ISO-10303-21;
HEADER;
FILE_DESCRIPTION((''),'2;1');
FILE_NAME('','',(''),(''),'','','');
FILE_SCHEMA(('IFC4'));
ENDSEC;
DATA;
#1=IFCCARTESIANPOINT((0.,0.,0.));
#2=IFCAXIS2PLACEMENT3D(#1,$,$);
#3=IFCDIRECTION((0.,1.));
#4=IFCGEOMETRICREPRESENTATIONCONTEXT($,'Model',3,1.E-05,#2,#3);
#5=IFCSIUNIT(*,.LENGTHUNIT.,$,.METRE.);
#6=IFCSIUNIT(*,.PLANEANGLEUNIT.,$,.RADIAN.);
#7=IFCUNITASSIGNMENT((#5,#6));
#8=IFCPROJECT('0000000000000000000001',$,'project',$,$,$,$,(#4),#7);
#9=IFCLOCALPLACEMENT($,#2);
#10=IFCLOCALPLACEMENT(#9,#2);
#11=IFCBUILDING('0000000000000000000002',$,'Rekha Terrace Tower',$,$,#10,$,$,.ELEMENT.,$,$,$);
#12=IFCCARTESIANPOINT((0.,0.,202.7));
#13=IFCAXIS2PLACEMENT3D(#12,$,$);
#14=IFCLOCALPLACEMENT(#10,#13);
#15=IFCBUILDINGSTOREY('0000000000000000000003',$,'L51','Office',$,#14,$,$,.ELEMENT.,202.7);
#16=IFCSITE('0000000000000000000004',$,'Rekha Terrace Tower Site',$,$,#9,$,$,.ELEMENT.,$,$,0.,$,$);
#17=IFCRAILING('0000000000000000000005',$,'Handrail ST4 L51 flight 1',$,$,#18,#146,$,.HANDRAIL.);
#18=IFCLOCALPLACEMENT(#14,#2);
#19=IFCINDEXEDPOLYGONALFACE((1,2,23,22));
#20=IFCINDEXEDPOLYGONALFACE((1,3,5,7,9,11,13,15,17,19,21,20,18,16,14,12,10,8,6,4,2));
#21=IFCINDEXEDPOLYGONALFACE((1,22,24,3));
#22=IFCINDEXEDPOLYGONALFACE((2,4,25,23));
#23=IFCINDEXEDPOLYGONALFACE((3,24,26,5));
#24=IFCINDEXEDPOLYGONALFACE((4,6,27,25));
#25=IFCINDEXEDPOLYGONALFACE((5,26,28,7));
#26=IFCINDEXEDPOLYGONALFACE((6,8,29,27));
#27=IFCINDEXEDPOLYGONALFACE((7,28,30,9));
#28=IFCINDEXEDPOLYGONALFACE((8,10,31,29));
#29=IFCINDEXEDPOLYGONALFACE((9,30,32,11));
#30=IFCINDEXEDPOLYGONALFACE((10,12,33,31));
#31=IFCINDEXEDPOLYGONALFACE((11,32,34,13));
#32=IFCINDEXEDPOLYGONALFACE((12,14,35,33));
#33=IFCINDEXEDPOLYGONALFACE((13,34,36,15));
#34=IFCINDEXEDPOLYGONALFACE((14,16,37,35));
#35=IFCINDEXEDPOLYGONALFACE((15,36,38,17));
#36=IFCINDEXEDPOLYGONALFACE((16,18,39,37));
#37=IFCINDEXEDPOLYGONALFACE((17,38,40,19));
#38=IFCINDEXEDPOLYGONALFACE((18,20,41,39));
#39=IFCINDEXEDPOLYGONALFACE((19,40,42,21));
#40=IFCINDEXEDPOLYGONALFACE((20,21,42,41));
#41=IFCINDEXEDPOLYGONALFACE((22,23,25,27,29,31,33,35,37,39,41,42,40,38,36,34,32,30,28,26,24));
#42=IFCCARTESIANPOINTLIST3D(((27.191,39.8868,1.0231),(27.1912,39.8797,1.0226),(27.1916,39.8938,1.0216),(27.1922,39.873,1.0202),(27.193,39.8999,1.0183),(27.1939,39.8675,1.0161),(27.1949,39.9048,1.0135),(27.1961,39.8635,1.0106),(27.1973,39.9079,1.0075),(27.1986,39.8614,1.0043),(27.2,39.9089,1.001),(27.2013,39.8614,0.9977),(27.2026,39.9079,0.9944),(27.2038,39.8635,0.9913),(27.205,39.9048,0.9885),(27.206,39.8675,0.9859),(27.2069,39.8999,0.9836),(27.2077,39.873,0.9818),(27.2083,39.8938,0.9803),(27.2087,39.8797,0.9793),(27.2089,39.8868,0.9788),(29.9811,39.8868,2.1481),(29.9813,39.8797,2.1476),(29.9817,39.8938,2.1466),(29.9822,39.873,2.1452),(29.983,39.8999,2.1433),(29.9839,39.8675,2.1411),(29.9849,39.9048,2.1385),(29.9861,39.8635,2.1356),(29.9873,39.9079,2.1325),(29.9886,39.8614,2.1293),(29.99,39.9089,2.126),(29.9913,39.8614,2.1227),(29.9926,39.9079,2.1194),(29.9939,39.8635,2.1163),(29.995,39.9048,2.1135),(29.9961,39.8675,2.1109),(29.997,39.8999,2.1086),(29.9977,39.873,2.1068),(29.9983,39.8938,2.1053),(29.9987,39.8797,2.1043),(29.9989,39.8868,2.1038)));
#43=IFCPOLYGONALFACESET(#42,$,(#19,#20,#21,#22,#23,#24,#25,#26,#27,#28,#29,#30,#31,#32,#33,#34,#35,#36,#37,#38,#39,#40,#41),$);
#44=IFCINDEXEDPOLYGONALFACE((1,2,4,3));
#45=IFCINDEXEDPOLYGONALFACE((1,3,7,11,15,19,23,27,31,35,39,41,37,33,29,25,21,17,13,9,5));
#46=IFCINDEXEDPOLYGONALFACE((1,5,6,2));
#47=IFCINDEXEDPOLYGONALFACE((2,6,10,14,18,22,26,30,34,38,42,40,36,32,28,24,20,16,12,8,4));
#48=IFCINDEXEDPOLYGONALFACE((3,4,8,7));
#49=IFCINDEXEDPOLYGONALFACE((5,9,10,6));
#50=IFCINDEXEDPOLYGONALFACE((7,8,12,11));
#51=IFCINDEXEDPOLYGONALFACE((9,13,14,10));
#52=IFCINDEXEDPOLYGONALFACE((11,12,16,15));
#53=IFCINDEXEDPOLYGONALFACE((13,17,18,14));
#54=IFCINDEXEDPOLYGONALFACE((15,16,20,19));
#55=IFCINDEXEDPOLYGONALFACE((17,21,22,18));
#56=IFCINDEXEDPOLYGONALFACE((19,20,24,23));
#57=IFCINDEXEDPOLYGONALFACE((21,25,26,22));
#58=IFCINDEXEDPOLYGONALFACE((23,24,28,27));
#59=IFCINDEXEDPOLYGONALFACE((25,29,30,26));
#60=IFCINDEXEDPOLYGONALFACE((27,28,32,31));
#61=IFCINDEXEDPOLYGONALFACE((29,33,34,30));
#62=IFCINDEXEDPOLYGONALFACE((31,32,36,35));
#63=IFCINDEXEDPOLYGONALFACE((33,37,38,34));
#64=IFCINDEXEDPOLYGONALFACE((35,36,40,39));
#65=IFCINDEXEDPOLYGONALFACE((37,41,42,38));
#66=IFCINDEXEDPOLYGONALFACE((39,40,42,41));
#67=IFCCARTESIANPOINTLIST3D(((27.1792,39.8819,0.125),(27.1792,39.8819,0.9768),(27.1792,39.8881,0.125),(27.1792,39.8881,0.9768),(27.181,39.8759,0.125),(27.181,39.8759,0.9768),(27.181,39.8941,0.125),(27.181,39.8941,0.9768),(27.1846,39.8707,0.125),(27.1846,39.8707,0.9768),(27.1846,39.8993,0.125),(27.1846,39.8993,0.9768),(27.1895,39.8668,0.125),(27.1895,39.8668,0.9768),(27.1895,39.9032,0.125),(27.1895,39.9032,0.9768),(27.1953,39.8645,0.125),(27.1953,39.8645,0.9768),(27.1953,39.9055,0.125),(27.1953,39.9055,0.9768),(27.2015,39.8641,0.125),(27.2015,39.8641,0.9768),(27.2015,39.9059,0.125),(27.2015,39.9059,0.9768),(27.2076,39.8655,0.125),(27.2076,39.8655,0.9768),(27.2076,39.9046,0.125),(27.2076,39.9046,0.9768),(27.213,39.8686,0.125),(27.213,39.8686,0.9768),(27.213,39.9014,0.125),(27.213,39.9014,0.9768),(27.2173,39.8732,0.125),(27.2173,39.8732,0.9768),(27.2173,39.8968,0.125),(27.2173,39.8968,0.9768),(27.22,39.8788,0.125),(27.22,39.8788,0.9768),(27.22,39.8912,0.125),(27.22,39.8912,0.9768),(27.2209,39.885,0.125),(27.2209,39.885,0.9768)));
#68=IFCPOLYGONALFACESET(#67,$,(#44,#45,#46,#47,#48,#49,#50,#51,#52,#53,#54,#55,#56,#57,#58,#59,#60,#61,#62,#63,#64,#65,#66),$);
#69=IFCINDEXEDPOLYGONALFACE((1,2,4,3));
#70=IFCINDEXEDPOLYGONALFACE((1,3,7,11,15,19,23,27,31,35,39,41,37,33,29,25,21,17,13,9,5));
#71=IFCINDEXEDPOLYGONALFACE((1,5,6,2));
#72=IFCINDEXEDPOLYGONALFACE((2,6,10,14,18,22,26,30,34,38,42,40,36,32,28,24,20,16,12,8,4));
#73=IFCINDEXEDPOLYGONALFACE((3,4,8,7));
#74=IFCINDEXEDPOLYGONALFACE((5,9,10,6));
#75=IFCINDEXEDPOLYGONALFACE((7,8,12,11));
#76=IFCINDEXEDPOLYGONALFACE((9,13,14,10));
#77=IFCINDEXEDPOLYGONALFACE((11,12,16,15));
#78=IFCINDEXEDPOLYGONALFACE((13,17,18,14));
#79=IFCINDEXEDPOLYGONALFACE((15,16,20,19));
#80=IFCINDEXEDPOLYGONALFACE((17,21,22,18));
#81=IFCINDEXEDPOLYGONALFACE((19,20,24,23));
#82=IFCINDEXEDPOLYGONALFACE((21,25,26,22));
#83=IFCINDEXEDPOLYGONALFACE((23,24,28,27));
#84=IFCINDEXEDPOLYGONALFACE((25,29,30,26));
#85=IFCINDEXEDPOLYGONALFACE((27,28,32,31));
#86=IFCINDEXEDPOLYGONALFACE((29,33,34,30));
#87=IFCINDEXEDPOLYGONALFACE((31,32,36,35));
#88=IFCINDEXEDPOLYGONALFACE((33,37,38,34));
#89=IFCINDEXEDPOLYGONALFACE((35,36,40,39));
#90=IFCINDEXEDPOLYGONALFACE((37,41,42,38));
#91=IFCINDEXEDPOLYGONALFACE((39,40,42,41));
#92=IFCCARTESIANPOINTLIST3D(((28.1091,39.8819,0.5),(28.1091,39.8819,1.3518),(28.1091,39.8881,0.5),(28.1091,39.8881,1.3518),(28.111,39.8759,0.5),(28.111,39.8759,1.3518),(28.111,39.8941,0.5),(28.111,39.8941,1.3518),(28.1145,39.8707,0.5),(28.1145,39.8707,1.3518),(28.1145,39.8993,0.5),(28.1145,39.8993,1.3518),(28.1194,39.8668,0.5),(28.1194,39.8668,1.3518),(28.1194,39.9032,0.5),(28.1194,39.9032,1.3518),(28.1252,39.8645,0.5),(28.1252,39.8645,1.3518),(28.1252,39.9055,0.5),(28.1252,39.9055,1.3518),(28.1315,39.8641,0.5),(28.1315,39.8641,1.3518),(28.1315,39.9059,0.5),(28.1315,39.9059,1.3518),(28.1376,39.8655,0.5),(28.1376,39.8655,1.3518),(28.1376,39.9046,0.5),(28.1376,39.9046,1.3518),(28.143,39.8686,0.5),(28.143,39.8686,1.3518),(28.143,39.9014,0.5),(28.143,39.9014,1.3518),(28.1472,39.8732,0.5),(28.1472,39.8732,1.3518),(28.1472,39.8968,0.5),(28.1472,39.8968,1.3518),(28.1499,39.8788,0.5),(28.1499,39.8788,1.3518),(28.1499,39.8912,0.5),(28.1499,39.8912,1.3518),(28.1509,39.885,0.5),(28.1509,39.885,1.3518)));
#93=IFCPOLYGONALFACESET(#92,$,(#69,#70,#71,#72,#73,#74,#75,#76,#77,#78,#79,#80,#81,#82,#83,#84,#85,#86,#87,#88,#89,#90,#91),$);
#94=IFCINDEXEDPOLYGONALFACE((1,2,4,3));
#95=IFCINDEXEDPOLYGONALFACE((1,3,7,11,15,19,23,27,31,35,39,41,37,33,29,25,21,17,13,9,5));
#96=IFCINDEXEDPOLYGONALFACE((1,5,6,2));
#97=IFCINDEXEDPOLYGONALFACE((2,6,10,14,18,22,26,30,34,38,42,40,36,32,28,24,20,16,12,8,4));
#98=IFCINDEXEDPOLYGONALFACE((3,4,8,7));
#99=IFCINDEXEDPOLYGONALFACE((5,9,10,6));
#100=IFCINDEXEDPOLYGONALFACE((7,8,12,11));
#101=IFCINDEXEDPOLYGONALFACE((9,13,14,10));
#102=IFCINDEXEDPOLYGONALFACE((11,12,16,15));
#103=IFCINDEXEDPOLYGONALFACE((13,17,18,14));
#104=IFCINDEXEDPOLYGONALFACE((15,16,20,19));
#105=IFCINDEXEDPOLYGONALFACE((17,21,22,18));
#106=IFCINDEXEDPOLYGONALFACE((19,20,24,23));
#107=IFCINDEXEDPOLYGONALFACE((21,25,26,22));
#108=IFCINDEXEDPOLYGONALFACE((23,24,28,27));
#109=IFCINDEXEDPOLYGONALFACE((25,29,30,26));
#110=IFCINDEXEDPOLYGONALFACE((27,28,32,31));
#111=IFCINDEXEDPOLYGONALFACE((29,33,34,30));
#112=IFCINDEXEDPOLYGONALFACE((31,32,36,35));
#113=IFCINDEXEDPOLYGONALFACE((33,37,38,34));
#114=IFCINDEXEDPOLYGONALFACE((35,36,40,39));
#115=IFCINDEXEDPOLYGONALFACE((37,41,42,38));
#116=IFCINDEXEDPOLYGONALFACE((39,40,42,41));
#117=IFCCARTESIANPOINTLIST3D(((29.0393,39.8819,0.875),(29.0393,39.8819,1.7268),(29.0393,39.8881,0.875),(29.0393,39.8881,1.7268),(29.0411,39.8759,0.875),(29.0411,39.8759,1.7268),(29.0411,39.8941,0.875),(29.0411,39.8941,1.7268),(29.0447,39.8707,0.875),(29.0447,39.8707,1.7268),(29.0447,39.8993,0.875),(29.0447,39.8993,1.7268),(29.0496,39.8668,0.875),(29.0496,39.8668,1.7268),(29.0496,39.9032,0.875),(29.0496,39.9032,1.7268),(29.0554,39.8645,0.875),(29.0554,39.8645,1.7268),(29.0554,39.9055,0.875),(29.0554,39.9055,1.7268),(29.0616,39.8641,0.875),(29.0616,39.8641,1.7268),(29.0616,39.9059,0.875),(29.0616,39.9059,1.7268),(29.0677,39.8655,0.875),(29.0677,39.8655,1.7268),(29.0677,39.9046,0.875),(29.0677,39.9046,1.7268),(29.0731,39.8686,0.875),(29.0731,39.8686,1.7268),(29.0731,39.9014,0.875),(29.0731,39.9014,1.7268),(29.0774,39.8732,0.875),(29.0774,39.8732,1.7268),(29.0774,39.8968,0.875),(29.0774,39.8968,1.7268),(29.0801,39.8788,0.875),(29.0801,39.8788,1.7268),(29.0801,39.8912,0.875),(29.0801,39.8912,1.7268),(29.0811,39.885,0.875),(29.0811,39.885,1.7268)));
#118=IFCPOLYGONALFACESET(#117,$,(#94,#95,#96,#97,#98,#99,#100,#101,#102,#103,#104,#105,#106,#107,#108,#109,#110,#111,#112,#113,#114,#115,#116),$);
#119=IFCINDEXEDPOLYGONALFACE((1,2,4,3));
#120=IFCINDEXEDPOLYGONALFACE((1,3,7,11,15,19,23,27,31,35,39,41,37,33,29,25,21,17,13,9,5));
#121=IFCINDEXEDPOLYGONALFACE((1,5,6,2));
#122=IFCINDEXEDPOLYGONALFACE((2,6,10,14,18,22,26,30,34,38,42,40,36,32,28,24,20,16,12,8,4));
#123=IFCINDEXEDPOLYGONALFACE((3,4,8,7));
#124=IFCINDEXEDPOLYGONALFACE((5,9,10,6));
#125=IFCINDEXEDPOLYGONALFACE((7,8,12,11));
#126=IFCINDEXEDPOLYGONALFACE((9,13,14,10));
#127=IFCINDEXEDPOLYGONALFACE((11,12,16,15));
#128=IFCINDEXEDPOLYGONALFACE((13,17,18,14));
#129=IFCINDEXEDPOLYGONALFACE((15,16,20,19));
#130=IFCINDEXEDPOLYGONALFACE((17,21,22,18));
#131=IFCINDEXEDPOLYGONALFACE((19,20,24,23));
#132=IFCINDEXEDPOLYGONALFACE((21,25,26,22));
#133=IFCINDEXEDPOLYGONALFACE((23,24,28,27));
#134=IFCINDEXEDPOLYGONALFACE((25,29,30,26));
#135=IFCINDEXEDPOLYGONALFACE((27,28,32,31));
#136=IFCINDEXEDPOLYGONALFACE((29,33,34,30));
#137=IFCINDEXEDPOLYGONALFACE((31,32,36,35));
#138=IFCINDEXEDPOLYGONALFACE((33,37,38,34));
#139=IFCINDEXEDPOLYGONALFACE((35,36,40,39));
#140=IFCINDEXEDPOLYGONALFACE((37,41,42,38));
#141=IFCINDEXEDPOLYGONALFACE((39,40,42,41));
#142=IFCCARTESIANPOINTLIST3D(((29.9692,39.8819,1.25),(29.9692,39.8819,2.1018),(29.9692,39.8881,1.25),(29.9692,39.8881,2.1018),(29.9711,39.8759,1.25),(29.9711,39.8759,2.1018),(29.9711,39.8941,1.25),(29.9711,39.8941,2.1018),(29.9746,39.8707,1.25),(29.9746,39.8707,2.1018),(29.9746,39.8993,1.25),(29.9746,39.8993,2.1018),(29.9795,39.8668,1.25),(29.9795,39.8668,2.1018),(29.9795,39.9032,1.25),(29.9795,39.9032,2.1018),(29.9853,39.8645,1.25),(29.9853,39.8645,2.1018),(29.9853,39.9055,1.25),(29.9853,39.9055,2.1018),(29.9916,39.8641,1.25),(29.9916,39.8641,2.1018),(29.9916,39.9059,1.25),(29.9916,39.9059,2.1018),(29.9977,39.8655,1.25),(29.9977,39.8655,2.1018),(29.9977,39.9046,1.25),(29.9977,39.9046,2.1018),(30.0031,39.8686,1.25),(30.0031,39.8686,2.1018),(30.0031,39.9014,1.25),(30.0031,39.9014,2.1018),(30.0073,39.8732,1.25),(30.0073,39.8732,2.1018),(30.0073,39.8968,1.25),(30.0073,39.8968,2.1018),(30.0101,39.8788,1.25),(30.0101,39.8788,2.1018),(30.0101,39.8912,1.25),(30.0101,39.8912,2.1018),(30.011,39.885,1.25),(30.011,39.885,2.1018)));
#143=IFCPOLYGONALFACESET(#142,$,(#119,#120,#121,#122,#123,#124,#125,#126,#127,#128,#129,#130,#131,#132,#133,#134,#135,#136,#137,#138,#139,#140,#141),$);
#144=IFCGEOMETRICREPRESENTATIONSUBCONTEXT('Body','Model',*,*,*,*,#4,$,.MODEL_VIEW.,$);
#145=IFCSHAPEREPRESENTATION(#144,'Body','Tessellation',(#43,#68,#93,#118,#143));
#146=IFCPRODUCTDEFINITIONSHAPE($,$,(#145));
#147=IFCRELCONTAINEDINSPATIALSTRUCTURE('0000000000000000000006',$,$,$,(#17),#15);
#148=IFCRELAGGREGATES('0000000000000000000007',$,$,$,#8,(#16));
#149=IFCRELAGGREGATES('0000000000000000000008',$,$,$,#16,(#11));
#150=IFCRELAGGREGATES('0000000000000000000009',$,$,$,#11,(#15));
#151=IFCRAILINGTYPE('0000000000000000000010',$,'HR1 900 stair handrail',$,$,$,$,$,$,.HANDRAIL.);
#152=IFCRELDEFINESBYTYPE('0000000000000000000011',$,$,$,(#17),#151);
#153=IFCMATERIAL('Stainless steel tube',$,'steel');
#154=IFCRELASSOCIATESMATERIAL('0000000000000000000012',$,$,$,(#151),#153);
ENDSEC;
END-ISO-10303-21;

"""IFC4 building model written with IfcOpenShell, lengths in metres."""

from ifc_helpers import new_model, si_unit, direction, frame, origin, origin_2d, place, context, subcontext, project, spatial, circle, extrude, material, type_object, element, save


model = new_model("IFC4")

# Units and contexts
model_context = context("Model", 3, precision=1e-05, world=origin(), true_north=direction((0.0, 1.0)))
body_context = subcontext(model_context, "Body", "Model", "MODEL_VIEW")
ifc_project = project(units=[si_unit("LENGTHUNIT", "METRE"), si_unit("PLANEANGLEUNIT", "RADIAN")], contexts=[model_context])

# Site, building, storey
site_placement = place(None, origin())
site = spatial("IfcSite", under=ifc_project, at=site_placement, Name="Rekha Terrace Tower Site", CompositionType="ELEMENT", RefElevation=0.0)
building_placement = place(site_placement, origin())
building = spatial("IfcBuilding", under=site, at=building_placement, Name="Rekha Terrace Tower", CompositionType="ELEMENT")
storey_placement = place(building_placement, frame((0.0, 0.0, 202.7)))
storey = spatial("IfcBuildingStorey", under=building, at=storey_placement, Name="L51", Description="Office", CompositionType="ELEMENT", Elevation=202.7)

# Railing
ifc_material_1 = material(Name="Stainless steel tube", Category="steel")
railing_type_1 = type_object("IfcRailingType", Name="HR1 900 stair handrail", PredefinedType="HANDRAIL", material=ifc_material_1)
railing_1_placement = place(storey_placement, frame((27.2, 39.885, 0.125)))
element("IfcRailing", 1, at=railing_1_placement, inside=storey, type_object=railing_type_1, Name="Handrail ST4 L51 flight 1", PredefinedType="HANDRAIL", context=body_context, shape_type="SweptSolid", body=[
    extrude(circle(Radius=0.0239, at=origin_2d()), frame((0.0, 0.0, 0.876), z_axis=(0.927443, 0.0, 0.373964), x_axis=(0.0, 1.0, 0.0)), (0.0, 0.0, 1.0), 3.0083),
    extrude(circle(Radius=0.021, at=origin_2d()), origin(), (0.0, 0.0, 1.0), 0.8518),
    extrude(circle(Radius=0.021, at=origin_2d()), frame((0.9299, 0.0, 0.375)), (0.0, 0.0, 1.0), 0.8518),
    extrude(circle(Radius=0.021, at=origin_2d()), frame((1.8601, 0.0, 0.75)), (0.0, 0.0, 1.0), 0.8518),
    extrude(circle(Radius=0.021, at=origin_2d()), frame((2.79, 0.0, 1.125)), (0.0, 0.0, 1.0), 0.8518),
])

save(model, "model.ifc")
